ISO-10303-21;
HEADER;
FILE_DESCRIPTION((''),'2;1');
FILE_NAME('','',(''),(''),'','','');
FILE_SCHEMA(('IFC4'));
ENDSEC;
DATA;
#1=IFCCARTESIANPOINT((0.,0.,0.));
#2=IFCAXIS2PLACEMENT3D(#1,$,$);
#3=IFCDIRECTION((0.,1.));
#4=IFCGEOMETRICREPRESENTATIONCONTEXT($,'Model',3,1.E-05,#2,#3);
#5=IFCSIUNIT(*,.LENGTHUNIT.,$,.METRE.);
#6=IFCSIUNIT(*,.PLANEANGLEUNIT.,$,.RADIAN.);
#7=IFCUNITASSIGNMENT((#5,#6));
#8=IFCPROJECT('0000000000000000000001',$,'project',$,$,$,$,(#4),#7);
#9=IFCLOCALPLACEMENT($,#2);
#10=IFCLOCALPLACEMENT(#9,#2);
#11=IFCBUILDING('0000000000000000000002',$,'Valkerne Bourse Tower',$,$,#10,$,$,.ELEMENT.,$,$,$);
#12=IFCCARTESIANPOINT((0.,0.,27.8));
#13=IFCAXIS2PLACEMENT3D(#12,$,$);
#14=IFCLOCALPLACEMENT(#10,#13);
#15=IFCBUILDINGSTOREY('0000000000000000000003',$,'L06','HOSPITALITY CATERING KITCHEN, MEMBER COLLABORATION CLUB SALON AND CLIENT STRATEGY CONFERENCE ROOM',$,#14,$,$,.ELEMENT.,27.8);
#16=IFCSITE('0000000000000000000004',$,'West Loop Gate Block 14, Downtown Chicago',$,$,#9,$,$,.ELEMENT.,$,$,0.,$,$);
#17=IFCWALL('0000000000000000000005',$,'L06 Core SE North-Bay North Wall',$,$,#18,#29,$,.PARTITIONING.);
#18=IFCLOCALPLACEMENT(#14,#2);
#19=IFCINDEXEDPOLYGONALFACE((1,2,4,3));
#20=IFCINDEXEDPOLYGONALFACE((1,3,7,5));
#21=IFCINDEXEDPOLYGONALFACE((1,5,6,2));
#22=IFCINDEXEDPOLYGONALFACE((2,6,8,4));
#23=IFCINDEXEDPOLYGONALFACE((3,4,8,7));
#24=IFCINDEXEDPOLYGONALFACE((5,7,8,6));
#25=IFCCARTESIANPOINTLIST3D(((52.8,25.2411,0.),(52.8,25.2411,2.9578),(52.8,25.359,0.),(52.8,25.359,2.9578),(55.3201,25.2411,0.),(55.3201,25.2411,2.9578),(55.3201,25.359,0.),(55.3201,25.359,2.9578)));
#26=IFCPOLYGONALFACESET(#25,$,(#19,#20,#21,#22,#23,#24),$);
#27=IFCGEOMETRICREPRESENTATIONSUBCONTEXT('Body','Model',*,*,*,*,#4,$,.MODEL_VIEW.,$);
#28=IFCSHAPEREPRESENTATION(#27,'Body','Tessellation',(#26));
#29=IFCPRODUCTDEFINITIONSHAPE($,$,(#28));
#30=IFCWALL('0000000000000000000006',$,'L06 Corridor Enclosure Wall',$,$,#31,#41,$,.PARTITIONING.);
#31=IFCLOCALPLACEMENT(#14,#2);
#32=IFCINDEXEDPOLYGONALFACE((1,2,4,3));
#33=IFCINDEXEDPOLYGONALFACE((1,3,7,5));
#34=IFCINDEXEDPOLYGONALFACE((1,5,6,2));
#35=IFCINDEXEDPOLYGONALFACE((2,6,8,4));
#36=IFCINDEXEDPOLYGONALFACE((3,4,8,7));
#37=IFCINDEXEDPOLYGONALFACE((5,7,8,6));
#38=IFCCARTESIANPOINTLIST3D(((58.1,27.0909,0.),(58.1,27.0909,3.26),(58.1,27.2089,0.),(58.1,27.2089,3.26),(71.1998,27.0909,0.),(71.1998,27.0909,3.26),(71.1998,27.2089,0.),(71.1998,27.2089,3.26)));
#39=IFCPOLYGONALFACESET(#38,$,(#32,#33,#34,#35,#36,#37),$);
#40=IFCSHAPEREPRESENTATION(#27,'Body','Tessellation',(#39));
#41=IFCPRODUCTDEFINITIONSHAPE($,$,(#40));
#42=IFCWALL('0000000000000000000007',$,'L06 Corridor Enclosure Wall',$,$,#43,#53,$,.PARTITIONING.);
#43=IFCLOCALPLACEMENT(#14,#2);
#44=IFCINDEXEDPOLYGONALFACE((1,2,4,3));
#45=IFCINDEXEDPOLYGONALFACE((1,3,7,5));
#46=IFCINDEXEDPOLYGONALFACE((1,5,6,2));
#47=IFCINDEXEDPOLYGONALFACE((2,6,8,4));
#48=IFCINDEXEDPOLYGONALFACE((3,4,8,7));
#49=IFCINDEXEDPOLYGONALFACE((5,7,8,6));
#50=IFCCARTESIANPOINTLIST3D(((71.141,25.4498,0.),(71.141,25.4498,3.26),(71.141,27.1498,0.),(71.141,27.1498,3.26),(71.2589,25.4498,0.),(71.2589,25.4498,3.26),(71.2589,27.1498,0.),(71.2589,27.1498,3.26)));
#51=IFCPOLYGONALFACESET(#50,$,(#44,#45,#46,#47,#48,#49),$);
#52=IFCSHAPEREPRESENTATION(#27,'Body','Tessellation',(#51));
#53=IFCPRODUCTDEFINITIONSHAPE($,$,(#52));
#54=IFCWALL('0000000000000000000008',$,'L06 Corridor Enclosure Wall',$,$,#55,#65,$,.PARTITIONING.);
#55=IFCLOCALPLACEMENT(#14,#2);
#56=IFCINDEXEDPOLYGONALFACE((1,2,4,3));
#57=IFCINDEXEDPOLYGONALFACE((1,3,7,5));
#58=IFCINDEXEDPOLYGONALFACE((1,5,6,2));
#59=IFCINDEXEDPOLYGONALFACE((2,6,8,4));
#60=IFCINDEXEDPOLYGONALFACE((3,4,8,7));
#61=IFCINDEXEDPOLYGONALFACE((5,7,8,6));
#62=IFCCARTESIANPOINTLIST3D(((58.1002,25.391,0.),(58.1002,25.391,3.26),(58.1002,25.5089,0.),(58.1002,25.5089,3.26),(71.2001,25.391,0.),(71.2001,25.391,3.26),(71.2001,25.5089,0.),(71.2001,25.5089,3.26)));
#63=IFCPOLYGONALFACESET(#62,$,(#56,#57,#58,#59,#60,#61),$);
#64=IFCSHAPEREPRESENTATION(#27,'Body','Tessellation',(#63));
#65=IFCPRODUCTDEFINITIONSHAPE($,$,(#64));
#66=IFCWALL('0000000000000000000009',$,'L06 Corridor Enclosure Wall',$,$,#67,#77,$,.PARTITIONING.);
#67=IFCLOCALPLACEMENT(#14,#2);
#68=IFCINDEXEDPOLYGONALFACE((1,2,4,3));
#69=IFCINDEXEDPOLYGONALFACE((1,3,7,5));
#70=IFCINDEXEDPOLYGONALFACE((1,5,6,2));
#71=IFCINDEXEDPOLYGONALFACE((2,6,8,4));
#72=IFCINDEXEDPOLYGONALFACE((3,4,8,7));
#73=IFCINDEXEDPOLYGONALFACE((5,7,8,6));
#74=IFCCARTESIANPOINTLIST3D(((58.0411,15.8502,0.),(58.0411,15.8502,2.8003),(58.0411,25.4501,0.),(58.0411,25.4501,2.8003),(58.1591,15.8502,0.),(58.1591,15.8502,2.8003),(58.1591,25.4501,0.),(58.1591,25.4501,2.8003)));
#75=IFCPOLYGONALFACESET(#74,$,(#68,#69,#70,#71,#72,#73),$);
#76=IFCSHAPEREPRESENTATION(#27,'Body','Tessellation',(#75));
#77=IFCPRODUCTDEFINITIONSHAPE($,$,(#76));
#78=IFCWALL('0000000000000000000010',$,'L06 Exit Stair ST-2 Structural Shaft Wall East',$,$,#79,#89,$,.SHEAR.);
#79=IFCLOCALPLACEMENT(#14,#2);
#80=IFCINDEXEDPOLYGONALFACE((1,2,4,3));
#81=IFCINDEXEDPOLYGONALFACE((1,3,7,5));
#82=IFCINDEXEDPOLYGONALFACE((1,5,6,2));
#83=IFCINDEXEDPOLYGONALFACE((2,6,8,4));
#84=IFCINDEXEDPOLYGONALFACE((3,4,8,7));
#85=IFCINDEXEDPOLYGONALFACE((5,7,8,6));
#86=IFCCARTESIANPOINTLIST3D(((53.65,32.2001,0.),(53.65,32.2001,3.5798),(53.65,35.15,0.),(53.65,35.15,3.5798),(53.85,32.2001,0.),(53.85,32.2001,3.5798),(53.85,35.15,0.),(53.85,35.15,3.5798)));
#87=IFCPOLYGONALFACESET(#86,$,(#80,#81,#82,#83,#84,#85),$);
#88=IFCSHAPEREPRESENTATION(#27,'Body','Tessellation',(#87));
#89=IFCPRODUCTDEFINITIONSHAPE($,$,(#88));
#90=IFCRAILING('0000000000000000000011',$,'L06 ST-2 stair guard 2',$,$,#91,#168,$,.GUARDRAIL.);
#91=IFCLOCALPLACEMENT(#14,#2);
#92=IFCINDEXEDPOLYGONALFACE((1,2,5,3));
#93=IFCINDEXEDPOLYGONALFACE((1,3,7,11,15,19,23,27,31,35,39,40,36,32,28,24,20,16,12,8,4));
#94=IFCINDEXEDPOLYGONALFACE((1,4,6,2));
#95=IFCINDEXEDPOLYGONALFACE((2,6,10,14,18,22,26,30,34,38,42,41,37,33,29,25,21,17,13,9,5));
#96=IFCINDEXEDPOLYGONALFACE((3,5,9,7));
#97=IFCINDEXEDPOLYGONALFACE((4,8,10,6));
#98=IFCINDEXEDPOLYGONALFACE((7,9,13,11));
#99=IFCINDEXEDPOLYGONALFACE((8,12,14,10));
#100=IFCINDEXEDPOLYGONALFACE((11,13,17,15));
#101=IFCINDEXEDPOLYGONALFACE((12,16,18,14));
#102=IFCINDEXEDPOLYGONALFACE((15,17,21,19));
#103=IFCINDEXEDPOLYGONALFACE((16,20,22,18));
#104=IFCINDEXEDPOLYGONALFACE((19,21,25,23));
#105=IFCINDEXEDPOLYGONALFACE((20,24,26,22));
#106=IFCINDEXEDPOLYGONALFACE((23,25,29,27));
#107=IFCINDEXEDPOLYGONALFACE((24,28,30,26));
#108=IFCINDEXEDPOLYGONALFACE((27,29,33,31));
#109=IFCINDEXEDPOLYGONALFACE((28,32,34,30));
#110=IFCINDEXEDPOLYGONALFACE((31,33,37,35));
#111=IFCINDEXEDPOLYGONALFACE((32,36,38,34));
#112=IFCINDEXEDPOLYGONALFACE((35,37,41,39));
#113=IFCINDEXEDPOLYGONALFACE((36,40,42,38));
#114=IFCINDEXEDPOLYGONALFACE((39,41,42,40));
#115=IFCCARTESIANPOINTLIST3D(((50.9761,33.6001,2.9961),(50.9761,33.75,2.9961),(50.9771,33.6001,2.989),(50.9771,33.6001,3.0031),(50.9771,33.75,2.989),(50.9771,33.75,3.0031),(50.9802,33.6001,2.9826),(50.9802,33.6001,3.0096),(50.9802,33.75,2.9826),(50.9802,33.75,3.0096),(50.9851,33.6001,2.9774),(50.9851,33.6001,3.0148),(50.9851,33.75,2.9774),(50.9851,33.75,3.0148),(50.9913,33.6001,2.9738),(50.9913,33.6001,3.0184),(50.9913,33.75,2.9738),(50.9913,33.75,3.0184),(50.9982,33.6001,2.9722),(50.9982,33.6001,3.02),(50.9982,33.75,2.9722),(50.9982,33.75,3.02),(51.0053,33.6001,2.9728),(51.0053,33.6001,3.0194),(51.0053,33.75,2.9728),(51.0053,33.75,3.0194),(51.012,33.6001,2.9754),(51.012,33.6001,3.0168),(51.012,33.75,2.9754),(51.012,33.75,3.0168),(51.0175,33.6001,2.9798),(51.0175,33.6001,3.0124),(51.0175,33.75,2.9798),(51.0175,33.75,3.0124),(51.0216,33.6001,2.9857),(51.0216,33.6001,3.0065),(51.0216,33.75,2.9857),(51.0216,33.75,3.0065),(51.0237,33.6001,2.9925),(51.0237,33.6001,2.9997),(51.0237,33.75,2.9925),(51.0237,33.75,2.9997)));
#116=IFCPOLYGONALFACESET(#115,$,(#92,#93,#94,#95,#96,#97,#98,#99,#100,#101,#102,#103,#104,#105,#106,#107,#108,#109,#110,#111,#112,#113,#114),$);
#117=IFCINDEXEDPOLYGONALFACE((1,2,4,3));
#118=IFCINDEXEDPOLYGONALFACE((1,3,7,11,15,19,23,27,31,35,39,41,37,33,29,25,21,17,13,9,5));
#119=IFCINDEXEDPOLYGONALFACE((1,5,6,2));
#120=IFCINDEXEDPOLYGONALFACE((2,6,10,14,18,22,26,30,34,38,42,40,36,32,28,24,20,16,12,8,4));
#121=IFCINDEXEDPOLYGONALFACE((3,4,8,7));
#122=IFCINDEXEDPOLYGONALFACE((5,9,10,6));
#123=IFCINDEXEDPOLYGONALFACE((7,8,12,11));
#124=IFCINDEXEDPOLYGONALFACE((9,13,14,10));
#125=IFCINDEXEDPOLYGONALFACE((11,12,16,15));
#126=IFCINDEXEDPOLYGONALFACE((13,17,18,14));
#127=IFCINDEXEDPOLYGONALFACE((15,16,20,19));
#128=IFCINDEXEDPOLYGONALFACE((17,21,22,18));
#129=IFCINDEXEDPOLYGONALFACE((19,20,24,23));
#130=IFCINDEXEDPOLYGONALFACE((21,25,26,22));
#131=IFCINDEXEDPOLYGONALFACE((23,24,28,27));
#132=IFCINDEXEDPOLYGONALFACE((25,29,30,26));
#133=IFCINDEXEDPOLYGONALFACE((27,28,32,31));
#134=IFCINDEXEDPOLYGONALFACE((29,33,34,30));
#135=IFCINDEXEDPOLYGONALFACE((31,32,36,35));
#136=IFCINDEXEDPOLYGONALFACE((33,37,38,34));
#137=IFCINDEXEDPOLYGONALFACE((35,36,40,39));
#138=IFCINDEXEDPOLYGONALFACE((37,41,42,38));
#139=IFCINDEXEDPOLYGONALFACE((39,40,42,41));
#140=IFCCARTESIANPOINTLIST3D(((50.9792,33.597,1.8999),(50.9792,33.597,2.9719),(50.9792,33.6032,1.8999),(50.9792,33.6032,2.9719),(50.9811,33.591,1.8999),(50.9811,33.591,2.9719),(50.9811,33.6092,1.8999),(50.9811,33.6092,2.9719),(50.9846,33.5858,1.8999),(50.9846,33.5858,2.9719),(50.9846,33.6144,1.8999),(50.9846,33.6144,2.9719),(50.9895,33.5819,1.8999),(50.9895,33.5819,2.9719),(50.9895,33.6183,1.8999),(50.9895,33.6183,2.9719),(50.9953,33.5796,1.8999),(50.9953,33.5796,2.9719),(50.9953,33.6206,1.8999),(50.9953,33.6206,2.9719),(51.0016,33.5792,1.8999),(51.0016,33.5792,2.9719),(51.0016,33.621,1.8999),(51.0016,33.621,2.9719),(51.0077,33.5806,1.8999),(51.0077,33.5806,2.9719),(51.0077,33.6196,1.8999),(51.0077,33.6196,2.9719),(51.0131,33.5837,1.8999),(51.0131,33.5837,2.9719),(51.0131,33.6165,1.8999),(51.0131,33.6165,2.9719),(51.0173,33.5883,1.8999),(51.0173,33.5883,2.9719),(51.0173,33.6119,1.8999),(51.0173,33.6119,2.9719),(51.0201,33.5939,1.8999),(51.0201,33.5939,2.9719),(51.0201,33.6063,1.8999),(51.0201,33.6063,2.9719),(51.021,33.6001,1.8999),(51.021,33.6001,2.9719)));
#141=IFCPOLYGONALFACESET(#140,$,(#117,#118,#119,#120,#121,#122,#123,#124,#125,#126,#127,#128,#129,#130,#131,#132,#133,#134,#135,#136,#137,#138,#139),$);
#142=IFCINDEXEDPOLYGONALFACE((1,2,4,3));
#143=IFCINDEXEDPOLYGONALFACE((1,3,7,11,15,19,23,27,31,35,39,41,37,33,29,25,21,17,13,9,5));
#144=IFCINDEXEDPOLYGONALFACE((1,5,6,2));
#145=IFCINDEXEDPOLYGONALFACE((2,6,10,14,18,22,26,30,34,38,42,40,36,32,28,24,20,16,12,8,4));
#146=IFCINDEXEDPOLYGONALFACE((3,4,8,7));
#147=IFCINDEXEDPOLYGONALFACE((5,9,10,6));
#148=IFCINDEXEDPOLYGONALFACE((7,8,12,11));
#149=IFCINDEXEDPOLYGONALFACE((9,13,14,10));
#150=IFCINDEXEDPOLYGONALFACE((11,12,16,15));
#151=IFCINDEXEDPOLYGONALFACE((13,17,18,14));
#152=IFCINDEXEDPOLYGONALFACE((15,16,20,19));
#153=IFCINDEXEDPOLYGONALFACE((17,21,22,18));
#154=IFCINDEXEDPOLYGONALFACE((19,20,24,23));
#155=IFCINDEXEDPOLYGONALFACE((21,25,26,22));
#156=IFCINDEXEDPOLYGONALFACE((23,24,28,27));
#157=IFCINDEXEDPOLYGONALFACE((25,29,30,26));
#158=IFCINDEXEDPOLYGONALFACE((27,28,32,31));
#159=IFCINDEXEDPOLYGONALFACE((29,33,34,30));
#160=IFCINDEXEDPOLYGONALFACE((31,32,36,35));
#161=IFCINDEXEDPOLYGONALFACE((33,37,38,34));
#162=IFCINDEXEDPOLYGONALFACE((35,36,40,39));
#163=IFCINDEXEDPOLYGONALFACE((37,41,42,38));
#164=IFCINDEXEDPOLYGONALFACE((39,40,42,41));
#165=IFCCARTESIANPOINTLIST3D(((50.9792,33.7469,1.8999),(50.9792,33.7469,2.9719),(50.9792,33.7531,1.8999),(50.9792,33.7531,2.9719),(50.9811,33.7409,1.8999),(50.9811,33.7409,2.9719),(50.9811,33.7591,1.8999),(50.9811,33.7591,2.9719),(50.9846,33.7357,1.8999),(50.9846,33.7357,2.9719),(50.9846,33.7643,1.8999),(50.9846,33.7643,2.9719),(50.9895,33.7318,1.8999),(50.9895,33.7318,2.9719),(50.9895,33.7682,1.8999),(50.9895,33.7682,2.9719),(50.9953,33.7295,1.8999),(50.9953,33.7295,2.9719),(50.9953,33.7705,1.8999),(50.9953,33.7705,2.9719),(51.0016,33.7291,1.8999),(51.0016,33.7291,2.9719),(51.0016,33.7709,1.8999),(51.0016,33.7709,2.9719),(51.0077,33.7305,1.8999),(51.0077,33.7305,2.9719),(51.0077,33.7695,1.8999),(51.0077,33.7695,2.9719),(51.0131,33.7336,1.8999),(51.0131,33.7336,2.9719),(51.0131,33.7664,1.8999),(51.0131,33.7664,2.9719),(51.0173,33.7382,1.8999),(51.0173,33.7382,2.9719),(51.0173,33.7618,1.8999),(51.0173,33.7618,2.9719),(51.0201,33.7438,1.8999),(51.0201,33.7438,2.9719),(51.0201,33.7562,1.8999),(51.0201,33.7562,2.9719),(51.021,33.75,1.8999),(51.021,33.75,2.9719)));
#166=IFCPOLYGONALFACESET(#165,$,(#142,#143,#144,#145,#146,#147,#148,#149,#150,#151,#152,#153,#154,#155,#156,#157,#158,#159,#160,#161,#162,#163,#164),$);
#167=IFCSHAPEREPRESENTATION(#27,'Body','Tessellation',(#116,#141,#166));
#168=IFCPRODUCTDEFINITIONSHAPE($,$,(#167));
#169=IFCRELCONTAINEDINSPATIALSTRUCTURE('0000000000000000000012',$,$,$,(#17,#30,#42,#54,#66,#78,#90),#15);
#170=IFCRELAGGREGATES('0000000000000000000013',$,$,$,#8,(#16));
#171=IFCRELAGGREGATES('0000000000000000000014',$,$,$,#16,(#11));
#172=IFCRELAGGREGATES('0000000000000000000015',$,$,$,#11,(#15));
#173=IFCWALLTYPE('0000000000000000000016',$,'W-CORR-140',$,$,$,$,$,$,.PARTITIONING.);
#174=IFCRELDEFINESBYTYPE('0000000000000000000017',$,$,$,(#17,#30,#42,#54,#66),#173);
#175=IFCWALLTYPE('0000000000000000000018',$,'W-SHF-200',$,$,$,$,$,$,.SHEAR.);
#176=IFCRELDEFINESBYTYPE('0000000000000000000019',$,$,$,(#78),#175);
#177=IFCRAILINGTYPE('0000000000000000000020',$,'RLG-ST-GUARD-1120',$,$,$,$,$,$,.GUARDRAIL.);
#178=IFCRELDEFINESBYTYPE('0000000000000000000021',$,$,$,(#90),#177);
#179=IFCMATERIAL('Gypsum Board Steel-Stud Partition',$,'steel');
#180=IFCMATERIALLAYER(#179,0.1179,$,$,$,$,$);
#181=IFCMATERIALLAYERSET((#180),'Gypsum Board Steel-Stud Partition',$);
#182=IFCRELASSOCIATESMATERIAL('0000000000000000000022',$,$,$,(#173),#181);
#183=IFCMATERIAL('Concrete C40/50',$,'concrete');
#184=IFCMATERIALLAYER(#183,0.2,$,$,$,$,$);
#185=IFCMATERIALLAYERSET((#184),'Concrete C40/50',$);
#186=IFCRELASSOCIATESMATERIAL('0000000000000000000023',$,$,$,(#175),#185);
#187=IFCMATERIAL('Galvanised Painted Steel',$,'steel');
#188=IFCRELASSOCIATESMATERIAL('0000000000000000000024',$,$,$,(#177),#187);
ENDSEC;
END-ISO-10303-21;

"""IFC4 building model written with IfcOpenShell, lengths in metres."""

from ifc_helpers import new_model, si_unit, direction, frame, frame_2d, origin, origin_2d, place, context, subcontext, project, spatial, rectangle, circle, extrude, material, layer, layer_set, type_object, element, save


model = new_model("IFC4")

# Units and contexts
model_context = context("Model", 3, precision=1e-05, world=origin(), true_north=direction((0.0, 1.0)))
body_context = subcontext(model_context, "Body", "Model", "MODEL_VIEW")
ifc_project = project(units=[si_unit("LENGTHUNIT", "METRE"), si_unit("PLANEANGLEUNIT", "RADIAN")], contexts=[model_context])

# Site, building, storey
site_placement = place(None, origin())
site = spatial("IfcSite", under=ifc_project, at=site_placement, Name="West Loop Gate Block 14, Downtown Chicago", CompositionType="ELEMENT", RefElevation=0.0)
building_placement = place(site_placement, origin())
building = spatial("IfcBuilding", under=site, at=building_placement, Name="Valkerne Bourse Tower", CompositionType="ELEMENT")
storey_placement = place(building_placement, frame((0.0, 0.0, 27.8)))
storey = spatial("IfcBuildingStorey", under=building, at=storey_placement, Name="L06", Description="HOSPITALITY CATERING KITCHEN, MEMBER COLLABORATION CLUB SALON AND CLIENT STRATEGY CONFERENCE ROOM", CompositionType="ELEMENT", Elevation=27.8)

# Walls
ifc_material_1 = material(Name="Gypsum Board Steel-Stud Partition", Category="steel")
ifc_layer_1 = layer(ifc_material_1, 0.1179)
ifc_layer_set_1 = layer_set([ifc_layer_1], Name="Gypsum Board Steel-Stud Partition")
wall_type_1 = type_object("IfcWallType", Name="W-CORR-140", PredefinedType="PARTITIONING", material=ifc_layer_set_1)
wall_1_placement = place(storey_placement, frame((52.8, 25.3, 0.0), z_axis=(0.0, 0.0, 1.0), x_axis=(1.0, 0.0, 0.0)))
element("IfcWall", 1, at=wall_1_placement, inside=storey, type_object=wall_type_1, Name="L06 Core SE North-Bay North Wall", PredefinedType="PARTITIONING", context=body_context, shape_type="SweptSolid", body=[
    extrude(rectangle(XDim=2.52, YDim=0.1179, at=frame_2d((1.26, 0.0))), origin(), (0.0, 0.0, 1.0), 2.9578),
])
wall_2_placement = place(storey_placement, frame((58.1001, 27.1499, 0.0), z_axis=(0.0, 0.0, 1.0), x_axis=(1.0, 0.0, 0.0)))
element("IfcWall", 2, at=wall_2_placement, inside=storey, type_object=wall_type_1, Name="L06 Corridor Enclosure Wall", PredefinedType="PARTITIONING", context=body_context, shape_type="SweptSolid", body=[
    extrude(rectangle(XDim=13.0999, YDim=0.1179, at=frame_2d((6.5498, 0.0))), origin(), (0.0, 0.0, 1.0), 3.26),
])
wall_3_placement = place(storey_placement, frame((71.2, 27.1499, 0.0), z_axis=(0.0, 0.0, 1.0), x_axis=(0.0, -1.0, 0.0)))
element("IfcWall", 3, at=wall_3_placement, inside=storey, type_object=wall_type_1, Name="L06 Corridor Enclosure Wall", PredefinedType="PARTITIONING", context=body_context, shape_type="SweptSolid", body=[
    extrude(rectangle(XDim=1.7, YDim=0.1179, at=frame_2d((0.8501, 0.0))), origin(), (0.0, 0.0, 1.0), 3.26),
])
wall_4_placement = place(storey_placement, frame((71.2, 25.45, 0.0), z_axis=(0.0, 0.0, 1.0), x_axis=(-1.0, 0.0, 0.0)))
element("IfcWall", 4, at=wall_4_placement, inside=storey, type_object=wall_type_1, Name="L06 Corridor Enclosure Wall", PredefinedType="PARTITIONING", context=body_context, shape_type="SweptSolid", body=[
    extrude(rectangle(XDim=13.0999, YDim=0.1179, at=frame_2d((6.5498, 0.0))), origin(), (0.0, 0.0, 1.0), 3.26),
])
wall_5_placement = place(storey_placement, frame((58.1001, 25.45, 0.0), z_axis=(0.0, 0.0, 1.0), x_axis=(0.0, -1.0, 0.0)))
element("IfcWall", 5, at=wall_5_placement, inside=storey, type_object=wall_type_1, Name="L06 Corridor Enclosure Wall", PredefinedType="PARTITIONING", context=body_context, shape_type="SweptSolid", body=[
    extrude(rectangle(XDim=9.5999, YDim=0.1179, at=frame_2d((4.7998, 0.0))), origin(), (0.0, 0.0, 1.0), 2.8003),
])

# Wall
ifc_material_2 = material(Name="Concrete C40/50", Category="concrete")
ifc_layer_2 = layer(ifc_material_2, 0.2)
ifc_layer_set_2 = layer_set([ifc_layer_2], Name="Concrete C40/50")
wall_type_2 = type_object("IfcWallType", Name="W-SHF-200", PredefinedType="SHEAR", material=ifc_layer_set_2)
wall_6_placement = place(storey_placement, frame((53.75, 32.2, 0.0), z_axis=(0.0, 0.0, 1.0), x_axis=(0.0, 1.0, 0.0)))
element("IfcWall", 6, at=wall_6_placement, inside=storey, type_object=wall_type_2, Name="L06 Exit Stair ST-2 Structural Shaft Wall East", PredefinedType="SHEAR", context=body_context, shape_type="SweptSolid", body=[
    extrude(rectangle(XDim=2.95, YDim=0.2, at=frame_2d((1.4751, 0.0))), origin(), (0.0, 0.0, 1.0), 3.5798),
])

# Railing
ifc_material_3 = material(Name="Galvanised Painted Steel", Category="steel")
railing_type = type_object("IfcRailingType", Name="RLG-ST-GUARD-1120", PredefinedType="GUARDRAIL", material=ifc_material_3)
railing_1_placement = place(storey_placement, frame((51.0, 33.6001, 1.8999)))
element("IfcRailing", 7, at=railing_1_placement, inside=storey, type_object=railing_type, Name="L06 ST-2 stair guard 2", PredefinedType="GUARDRAIL", context=body_context, shape_type="SweptSolid", body=[
    extrude(circle(Radius=0.0239, at=origin_2d()), frame((0.0, 0.0, 1.0962), z_axis=(0.0, 1.0, 0.0), x_axis=(-1.0, 0.0, 0.0)), (0.0, 0.0, 1.0), 0.1499),
    extrude(circle(Radius=0.021, at=origin_2d()), origin(), (0.0, 0.0, 1.0), 1.072),
    extrude(circle(Radius=0.021, at=origin_2d()), frame((0.0, 0.1499, 0.0)), (0.0, 0.0, 1.0), 1.072),
])

save(model, "model.ifc")
